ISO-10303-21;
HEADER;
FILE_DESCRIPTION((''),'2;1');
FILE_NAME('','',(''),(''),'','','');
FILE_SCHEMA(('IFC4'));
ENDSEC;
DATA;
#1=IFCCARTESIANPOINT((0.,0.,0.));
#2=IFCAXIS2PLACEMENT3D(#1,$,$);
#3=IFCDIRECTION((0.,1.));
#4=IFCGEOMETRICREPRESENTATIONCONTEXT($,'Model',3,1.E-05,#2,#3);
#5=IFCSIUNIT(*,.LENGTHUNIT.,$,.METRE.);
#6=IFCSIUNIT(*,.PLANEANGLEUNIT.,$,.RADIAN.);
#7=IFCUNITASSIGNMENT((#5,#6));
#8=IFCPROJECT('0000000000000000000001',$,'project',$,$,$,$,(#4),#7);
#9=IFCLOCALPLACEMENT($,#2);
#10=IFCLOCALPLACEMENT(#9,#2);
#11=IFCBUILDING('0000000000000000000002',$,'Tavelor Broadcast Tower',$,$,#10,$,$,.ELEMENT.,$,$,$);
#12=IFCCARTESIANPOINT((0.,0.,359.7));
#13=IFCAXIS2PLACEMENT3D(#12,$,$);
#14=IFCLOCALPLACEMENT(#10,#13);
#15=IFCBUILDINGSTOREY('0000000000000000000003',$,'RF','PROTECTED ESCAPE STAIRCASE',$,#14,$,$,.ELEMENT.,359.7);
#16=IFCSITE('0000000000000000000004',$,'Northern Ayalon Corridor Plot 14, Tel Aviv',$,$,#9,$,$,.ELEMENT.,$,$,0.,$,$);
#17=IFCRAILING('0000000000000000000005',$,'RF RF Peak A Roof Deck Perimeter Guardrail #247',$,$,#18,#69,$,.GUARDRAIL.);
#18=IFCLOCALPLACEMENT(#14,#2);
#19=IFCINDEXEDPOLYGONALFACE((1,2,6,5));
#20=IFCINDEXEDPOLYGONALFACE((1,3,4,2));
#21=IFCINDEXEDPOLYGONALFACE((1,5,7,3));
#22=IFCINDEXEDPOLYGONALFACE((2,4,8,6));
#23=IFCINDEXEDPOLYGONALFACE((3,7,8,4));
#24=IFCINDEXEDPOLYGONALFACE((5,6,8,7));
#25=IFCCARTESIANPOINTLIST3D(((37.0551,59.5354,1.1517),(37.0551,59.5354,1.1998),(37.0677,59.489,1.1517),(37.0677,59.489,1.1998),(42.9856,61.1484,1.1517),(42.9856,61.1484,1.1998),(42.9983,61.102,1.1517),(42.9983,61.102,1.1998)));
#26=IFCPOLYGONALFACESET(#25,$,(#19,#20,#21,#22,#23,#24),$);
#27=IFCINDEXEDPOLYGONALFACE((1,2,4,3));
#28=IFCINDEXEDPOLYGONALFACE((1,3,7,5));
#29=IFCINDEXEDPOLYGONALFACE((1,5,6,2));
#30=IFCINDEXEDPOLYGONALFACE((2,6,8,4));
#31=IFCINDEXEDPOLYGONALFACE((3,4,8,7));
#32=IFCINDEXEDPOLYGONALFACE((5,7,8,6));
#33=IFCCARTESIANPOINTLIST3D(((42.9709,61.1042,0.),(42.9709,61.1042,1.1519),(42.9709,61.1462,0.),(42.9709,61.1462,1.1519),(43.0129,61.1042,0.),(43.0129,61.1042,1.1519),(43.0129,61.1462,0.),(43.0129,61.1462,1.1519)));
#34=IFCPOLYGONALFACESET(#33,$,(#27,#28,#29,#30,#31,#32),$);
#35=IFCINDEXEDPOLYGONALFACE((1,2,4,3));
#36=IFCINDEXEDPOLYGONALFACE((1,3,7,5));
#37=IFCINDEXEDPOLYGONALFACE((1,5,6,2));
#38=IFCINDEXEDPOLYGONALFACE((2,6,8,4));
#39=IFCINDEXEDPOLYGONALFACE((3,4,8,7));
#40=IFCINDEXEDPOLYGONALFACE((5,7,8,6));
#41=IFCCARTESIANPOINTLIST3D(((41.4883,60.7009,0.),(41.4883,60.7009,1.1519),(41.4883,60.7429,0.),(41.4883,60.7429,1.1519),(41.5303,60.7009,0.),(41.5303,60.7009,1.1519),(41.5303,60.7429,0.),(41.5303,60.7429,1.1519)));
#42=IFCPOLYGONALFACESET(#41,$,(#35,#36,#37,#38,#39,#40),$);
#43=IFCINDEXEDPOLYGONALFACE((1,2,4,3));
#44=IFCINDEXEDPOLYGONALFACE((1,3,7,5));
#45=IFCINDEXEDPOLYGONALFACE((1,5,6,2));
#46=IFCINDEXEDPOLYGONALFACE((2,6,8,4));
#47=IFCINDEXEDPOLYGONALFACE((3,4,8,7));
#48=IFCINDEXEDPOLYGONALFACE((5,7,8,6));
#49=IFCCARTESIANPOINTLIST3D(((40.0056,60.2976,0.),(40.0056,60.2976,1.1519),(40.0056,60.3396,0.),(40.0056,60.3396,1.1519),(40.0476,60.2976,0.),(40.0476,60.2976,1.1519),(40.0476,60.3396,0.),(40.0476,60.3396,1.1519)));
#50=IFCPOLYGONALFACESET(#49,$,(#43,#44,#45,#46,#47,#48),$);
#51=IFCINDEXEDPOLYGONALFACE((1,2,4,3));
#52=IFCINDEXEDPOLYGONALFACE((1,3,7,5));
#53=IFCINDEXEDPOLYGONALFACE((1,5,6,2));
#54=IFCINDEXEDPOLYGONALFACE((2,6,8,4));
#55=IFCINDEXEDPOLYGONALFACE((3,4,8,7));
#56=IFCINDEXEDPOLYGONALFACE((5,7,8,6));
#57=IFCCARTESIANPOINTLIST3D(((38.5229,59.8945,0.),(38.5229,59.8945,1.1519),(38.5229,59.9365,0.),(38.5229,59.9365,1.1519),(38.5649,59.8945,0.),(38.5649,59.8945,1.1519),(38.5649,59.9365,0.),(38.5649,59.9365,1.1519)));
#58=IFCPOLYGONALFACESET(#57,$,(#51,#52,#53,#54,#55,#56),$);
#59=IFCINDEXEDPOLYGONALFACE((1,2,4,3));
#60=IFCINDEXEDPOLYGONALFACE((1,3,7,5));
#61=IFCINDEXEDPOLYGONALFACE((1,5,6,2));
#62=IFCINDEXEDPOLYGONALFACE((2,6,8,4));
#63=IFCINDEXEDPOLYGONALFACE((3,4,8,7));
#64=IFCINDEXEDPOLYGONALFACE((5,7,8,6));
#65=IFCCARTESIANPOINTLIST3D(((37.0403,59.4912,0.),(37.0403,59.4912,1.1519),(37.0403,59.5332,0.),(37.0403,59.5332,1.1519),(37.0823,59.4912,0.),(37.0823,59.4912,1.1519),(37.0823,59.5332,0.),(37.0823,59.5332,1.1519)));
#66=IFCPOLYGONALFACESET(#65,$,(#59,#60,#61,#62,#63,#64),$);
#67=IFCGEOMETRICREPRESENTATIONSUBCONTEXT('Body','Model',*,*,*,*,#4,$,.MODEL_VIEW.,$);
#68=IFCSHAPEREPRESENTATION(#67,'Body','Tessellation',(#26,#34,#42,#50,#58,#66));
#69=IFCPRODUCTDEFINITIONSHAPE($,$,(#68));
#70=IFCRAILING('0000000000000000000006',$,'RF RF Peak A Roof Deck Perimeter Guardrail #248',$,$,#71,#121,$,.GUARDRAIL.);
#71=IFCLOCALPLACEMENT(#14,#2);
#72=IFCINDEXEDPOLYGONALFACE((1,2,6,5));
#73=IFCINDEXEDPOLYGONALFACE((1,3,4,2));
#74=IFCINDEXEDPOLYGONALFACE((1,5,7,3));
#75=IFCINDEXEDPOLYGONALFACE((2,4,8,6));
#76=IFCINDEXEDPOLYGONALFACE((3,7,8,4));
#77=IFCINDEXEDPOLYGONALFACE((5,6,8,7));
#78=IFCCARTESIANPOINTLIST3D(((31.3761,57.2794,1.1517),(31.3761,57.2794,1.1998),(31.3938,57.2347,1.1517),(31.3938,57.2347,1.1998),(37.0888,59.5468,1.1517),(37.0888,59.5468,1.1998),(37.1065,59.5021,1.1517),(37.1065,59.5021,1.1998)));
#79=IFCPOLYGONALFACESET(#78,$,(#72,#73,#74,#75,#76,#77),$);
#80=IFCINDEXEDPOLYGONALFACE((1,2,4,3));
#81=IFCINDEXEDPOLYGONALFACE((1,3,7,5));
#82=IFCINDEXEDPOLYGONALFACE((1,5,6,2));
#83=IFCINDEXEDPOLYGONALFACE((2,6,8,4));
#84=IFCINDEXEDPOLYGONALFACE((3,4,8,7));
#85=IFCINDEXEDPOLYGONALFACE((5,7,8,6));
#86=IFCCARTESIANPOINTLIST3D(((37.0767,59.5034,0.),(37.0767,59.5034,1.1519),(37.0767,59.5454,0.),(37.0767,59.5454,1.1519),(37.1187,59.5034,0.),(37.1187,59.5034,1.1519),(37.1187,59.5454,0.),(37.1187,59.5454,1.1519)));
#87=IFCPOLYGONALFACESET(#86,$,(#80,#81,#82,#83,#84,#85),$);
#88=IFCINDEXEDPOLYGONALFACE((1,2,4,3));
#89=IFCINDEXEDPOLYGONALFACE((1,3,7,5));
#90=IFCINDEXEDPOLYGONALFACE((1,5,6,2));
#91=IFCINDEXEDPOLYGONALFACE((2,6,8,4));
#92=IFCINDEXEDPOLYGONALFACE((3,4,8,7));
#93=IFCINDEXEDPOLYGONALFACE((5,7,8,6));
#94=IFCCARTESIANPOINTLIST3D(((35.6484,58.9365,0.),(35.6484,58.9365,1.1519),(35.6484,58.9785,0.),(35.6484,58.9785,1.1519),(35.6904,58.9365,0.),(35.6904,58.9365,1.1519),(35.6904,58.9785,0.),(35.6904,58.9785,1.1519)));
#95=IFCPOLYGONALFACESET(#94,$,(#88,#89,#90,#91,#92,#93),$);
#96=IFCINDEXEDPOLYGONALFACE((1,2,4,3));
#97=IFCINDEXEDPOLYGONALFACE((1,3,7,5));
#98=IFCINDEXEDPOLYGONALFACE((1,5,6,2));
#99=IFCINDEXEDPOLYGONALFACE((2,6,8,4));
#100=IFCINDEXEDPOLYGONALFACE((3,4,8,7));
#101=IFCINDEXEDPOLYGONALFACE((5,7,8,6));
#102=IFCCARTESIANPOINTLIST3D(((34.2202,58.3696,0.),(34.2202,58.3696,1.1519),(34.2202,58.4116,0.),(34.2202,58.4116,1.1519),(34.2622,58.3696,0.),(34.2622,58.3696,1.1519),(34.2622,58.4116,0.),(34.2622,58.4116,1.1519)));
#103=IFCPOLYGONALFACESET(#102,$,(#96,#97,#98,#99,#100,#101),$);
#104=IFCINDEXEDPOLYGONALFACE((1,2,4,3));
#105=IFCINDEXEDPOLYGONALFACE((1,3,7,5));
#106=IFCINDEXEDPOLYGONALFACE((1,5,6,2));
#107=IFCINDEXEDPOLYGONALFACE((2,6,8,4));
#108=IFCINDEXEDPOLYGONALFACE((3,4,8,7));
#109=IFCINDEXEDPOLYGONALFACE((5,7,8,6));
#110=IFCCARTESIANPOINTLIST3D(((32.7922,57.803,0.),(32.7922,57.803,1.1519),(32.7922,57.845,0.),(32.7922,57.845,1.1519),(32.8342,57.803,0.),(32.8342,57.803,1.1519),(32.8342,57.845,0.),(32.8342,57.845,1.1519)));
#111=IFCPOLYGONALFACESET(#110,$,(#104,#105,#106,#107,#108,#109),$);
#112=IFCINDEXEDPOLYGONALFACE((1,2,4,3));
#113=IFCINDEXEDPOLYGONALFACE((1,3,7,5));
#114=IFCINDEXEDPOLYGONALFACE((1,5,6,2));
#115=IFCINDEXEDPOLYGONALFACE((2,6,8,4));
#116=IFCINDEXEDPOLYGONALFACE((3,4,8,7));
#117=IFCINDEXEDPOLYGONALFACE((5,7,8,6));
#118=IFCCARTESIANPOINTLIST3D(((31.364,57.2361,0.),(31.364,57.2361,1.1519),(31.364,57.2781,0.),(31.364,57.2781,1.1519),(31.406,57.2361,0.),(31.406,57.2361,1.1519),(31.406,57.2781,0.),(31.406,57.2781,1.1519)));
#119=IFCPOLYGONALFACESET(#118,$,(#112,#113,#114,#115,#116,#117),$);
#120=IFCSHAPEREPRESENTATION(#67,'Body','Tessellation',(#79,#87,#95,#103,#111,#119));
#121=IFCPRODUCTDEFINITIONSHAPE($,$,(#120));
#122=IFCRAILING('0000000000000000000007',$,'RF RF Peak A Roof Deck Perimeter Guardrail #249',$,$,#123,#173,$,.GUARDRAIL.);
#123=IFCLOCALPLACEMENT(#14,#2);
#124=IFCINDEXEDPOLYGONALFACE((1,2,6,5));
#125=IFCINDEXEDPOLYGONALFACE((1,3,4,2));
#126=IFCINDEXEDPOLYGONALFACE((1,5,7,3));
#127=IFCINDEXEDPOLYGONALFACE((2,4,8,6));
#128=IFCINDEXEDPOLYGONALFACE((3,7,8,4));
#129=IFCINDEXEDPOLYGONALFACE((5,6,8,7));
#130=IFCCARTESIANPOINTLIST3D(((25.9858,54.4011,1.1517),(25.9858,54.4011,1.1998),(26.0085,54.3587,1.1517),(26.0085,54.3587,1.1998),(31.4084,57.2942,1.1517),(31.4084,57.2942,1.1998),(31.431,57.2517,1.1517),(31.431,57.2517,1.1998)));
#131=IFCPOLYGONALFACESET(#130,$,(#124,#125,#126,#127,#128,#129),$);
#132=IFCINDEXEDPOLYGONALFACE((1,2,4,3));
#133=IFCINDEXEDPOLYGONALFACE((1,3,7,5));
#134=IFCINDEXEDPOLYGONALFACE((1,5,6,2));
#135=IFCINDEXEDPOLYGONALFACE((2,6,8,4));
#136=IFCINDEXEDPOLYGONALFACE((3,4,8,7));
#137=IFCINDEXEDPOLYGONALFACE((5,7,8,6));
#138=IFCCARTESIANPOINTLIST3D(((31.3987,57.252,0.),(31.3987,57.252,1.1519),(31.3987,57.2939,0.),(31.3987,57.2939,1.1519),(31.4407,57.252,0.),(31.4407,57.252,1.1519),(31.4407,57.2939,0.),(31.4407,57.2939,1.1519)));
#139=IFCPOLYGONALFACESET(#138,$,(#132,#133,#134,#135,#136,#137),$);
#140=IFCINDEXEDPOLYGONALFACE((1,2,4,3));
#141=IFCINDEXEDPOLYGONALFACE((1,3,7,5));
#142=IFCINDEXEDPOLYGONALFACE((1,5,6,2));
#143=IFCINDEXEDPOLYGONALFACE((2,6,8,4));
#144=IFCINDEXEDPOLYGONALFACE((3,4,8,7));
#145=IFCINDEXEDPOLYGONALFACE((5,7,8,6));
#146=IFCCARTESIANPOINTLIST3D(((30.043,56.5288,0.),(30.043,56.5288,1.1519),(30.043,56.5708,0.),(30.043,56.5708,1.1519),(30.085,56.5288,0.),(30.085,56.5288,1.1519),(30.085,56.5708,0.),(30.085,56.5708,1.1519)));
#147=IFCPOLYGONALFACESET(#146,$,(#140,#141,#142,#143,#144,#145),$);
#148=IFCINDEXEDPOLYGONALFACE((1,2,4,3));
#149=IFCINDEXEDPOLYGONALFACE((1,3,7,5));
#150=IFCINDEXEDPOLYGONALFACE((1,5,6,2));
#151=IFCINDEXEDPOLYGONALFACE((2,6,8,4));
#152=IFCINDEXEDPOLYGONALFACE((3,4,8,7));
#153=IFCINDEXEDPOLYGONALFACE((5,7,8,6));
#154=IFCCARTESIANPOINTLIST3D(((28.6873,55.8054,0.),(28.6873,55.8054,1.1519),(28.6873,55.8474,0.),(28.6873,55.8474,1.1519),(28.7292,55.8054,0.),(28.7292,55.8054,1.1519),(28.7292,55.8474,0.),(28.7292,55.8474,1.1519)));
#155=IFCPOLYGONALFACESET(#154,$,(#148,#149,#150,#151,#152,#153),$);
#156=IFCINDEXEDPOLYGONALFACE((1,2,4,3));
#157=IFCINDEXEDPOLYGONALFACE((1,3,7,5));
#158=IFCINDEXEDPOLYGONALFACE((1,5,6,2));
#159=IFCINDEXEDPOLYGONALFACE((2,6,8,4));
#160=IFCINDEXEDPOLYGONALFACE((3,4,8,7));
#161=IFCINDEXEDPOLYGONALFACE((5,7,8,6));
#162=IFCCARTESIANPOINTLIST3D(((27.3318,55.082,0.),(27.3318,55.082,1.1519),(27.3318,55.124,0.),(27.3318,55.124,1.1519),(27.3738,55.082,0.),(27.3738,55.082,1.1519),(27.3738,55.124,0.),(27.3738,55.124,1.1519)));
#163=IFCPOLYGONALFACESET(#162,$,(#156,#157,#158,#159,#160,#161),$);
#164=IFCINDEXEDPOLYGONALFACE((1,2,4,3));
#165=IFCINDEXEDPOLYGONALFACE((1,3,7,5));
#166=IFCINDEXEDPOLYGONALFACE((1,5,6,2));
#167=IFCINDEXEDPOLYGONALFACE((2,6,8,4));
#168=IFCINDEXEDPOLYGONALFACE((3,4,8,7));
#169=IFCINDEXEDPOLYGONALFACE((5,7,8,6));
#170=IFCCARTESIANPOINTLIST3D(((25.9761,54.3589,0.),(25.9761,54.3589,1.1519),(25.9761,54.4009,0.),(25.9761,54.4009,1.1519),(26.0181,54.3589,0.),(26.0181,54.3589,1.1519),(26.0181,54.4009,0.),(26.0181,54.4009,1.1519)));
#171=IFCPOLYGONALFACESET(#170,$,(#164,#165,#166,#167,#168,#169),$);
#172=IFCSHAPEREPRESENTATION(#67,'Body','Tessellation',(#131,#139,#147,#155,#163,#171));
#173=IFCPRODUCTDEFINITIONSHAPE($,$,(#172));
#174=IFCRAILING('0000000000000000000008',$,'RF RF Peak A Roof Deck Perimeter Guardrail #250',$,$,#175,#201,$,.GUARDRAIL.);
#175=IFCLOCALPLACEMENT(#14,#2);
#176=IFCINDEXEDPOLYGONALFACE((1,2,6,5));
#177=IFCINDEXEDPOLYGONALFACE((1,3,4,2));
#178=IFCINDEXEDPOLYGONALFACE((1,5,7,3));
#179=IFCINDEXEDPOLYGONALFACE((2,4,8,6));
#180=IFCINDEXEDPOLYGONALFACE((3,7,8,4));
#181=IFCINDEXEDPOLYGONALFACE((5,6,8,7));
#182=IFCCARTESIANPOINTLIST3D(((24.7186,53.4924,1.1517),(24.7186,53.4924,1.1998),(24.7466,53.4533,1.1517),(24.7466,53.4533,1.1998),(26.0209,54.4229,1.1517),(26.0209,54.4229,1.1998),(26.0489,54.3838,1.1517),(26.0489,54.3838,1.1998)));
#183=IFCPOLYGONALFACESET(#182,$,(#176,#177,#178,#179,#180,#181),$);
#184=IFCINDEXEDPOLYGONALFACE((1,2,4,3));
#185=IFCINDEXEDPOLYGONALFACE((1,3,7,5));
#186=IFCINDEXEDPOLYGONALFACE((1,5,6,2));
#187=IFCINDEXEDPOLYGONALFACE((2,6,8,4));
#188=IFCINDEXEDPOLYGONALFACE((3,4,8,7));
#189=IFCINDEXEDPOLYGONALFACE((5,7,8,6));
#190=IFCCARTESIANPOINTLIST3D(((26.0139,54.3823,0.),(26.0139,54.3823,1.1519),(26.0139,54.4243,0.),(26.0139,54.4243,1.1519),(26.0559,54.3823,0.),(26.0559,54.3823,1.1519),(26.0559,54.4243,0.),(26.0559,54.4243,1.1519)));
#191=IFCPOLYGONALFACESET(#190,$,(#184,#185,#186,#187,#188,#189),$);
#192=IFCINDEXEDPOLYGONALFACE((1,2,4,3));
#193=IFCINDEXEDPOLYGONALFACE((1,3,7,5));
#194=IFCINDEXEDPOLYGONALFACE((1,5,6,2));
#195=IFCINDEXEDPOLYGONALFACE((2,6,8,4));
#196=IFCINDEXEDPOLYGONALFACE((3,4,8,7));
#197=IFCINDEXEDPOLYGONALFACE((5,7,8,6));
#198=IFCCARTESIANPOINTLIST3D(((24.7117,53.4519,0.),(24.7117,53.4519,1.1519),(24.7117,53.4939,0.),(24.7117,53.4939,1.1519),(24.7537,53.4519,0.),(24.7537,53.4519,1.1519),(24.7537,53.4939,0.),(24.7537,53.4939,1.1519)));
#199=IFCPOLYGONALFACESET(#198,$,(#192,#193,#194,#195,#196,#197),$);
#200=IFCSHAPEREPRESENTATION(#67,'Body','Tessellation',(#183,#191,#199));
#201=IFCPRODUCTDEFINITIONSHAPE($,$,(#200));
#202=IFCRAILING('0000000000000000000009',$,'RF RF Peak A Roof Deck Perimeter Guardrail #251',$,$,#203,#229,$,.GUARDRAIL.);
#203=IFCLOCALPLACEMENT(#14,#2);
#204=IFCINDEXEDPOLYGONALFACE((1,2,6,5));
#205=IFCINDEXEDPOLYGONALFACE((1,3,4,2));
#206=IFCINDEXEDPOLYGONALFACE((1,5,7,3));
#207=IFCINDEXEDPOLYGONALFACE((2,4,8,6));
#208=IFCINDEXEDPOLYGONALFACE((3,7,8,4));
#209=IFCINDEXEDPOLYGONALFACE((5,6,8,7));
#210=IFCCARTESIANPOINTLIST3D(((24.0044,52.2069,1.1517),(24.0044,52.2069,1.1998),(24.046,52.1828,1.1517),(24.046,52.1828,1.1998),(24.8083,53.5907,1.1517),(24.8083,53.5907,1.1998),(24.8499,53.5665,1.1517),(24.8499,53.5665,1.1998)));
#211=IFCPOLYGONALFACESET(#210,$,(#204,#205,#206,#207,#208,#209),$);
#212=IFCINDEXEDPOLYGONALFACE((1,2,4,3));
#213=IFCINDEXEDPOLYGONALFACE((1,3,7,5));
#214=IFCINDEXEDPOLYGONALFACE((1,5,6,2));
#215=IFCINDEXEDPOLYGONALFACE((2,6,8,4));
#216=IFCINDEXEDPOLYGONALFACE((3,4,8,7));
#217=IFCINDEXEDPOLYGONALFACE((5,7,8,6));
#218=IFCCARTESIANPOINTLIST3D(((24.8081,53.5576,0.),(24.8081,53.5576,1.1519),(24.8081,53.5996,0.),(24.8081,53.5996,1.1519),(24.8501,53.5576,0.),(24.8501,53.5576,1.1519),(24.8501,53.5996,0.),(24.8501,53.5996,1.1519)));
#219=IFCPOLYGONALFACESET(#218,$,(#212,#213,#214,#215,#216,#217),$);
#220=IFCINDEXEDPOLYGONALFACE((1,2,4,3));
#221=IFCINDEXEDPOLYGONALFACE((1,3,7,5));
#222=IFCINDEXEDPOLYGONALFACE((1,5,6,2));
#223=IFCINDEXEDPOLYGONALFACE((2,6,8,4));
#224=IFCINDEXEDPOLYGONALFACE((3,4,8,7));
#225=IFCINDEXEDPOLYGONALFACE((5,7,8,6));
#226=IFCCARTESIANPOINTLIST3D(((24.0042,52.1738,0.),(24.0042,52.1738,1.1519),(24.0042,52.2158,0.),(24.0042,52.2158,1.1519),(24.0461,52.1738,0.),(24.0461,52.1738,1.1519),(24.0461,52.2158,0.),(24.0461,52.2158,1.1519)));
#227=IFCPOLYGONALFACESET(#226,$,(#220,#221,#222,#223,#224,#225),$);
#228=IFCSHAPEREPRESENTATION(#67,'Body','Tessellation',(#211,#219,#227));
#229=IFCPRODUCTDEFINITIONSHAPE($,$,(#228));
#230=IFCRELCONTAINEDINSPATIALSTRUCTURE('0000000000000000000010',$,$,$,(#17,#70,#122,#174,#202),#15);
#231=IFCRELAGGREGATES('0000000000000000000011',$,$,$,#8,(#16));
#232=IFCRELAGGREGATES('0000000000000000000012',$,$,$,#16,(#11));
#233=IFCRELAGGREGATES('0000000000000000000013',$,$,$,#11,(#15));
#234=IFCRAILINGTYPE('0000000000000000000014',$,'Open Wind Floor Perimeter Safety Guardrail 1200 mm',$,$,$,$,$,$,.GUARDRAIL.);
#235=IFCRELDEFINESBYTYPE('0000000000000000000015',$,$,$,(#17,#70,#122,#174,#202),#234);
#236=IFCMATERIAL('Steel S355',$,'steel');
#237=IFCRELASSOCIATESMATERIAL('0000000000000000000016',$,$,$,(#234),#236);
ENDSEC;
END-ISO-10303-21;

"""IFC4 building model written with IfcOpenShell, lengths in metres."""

from ifc_helpers import new_model, si_unit, direction, frame, origin, origin_2d, place, context, subcontext, project, spatial, rectangle, extrude, material, type_object, element, save


model = new_model("IFC4")

# Units and contexts
model_context = context("Model", 3, precision=1e-05, world=origin(), true_north=direction((0.0, 1.0)))
body_context = subcontext(model_context, "Body", "Model", "MODEL_VIEW")
ifc_project = project(units=[si_unit("LENGTHUNIT", "METRE"), si_unit("PLANEANGLEUNIT", "RADIAN")], contexts=[model_context])

# Site, building, storey
site_placement = place(None, origin())
site = spatial("IfcSite", under=ifc_project, at=site_placement, Name="Northern Ayalon Corridor Plot 14, Tel Aviv", CompositionType="ELEMENT", RefElevation=0.0)
building_placement = place(site_placement, origin())
building = spatial("IfcBuilding", under=site, at=building_placement, Name="Tavelor Broadcast Tower", CompositionType="ELEMENT")
storey_placement = place(building_placement, frame((0.0, 0.0, 359.7)))
storey = spatial("IfcBuildingStorey", under=building, at=storey_placement, Name="RF", Description="PROTECTED ESCAPE STAIRCASE", CompositionType="ELEMENT", Elevation=359.7)

# Shared definitions
ifc_material_1 = material(Name="Steel S355", Category="steel")

# Railings
railing_type_1 = type_object("IfcRailingType", Name="Open Wind Floor Perimeter Safety Guardrail 1200 mm", PredefinedType="GUARDRAIL", material=ifc_material_1)
railing_1_placement = place(storey_placement, frame((42.9919, 61.1252, 0.0)))
element("IfcRailing", 1, at=railing_1_placement, inside=storey, type_object=railing_type_1, Name="RF RF Peak A Roof Deck Perimeter Guardrail #247", PredefinedType="GUARDRAIL", context=body_context, shape_type="SweptSolid", body=[
    extrude(rectangle(XDim=0.0481, YDim=0.0481, at=origin_2d()), frame((0.0, 0.0, 1.1758), z_axis=(-0.964946, -0.262448, 0.0), x_axis=(0.262448, -0.964946, 0.0)), (0.0, 0.0, 1.0), 6.146),
    extrude(rectangle(XDim=0.042, YDim=0.042, at=origin_2d()), origin(), (0.0, 0.0, 1.0), 1.1519),
    extrude(rectangle(XDim=0.042, YDim=0.042, at=origin_2d()), frame((-1.4827, -0.4033, 0.0)), (0.0, 0.0, 1.0), 1.1519),
    extrude(rectangle(XDim=0.042, YDim=0.042, at=origin_2d()), frame((-2.9653, -0.8066, 0.0)), (0.0, 0.0, 1.0), 1.1519),
    extrude(rectangle(XDim=0.042, YDim=0.042, at=origin_2d()), frame((-4.448, -1.2097, 0.0)), (0.0, 0.0, 1.0), 1.1519),
    extrude(rectangle(XDim=0.042, YDim=0.042, at=origin_2d()), frame((-5.9307, -1.613, 0.0)), (0.0, 0.0, 1.0), 1.1519),
])
railing_2_placement = place(storey_placement, frame((37.0977, 59.5244, 0.0)))
element("IfcRailing", 2, at=railing_2_placement, inside=storey, type_object=railing_type_1, Name="RF RF Peak A Roof Deck Perimeter Guardrail #248", PredefinedType="GUARDRAIL", context=body_context, shape_type="SweptSolid", body=[
    extrude(rectangle(XDim=0.0481, YDim=0.0481, at=origin_2d()), frame((0.0, 0.0, 1.1758), z_axis=(-0.929468, -0.368903, 0.0), x_axis=(0.368903, -0.929468, 0.0)), (0.0, 0.0, 1.0), 6.1462),
    extrude(rectangle(XDim=0.042, YDim=0.042, at=origin_2d()), origin(), (0.0, 0.0, 1.0), 1.1519),
    extrude(rectangle(XDim=0.042, YDim=0.042, at=origin_2d()), frame((-1.4282, -0.5669, 0.0)), (0.0, 0.0, 1.0), 1.1519),
    extrude(rectangle(XDim=0.042, YDim=0.042, at=origin_2d()), frame((-2.8564, -1.1338, 0.0)), (0.0, 0.0, 1.0), 1.1519),
    extrude(rectangle(XDim=0.042, YDim=0.042, at=origin_2d()), frame((-4.2844, -1.7004, 0.0)), (0.0, 0.0, 1.0), 1.1519),
    extrude(rectangle(XDim=0.042, YDim=0.042, at=origin_2d()), frame((-5.7126, -2.2673, 0.0)), (0.0, 0.0, 1.0), 1.1519),
])
railing_3_placement = place(storey_placement, frame((31.4197, 57.2729, 0.0)))
element("IfcRailing", 3, at=railing_3_placement, inside=storey, type_object=railing_type_1, Name="RF RF Peak A Roof Deck Perimeter Guardrail #249", PredefinedType="GUARDRAIL", context=body_context, shape_type="SweptSolid", body=[
    extrude(rectangle(XDim=0.0481, YDim=0.0481, at=origin_2d()), frame((0.0, 0.0, 1.1758), z_axis=(-0.882285, -0.470716, 0.0), x_axis=(0.470716, -0.882285, 0.0)), (0.0, 0.0, 1.0), 6.146),
    extrude(rectangle(XDim=0.042, YDim=0.042, at=origin_2d()), origin(), (0.0, 0.0, 1.0), 1.1519),
    extrude(rectangle(XDim=0.042, YDim=0.042, at=origin_2d()), frame((-1.3557, -0.7231, 0.0)), (0.0, 0.0, 1.0), 1.1519),
    extrude(rectangle(XDim=0.042, YDim=0.042, at=origin_2d()), frame((-2.7114, -1.4465, 0.0)), (0.0, 0.0, 1.0), 1.1519),
    extrude(rectangle(XDim=0.042, YDim=0.042, at=origin_2d()), frame((-4.0669, -2.1699, 0.0)), (0.0, 0.0, 1.0), 1.1519),
    extrude(rectangle(XDim=0.042, YDim=0.042, at=origin_2d()), frame((-5.4226, -2.8931, 0.0)), (0.0, 0.0, 1.0), 1.1519),
])
railing_4_placement = place(storey_placement, frame((26.0349, 54.4033, 0.0)))
element("IfcRailing", 4, at=railing_4_placement, inside=storey, type_object=railing_type_1, Name="RF RF Peak A Roof Deck Perimeter Guardrail #250", PredefinedType="GUARDRAIL", context=body_context, shape_type="SweptSolid", body=[
    extrude(rectangle(XDim=0.0481, YDim=0.0481, at=origin_2d()), frame((0.0, 0.0, 1.1758), z_axis=(-0.813661, -0.581339, 0.0), x_axis=(0.581339, -0.813661, 0.0)), (0.0, 0.0, 1.0), 1.6006),
    extrude(rectangle(XDim=0.042, YDim=0.042, at=origin_2d()), origin(), (0.0, 0.0, 1.0), 1.1519),
    extrude(rectangle(XDim=0.042, YDim=0.042, at=origin_2d()), frame((-1.3022, -0.9304, 0.0)), (0.0, 0.0, 1.0), 1.1519),
])
railing_5_placement = place(storey_placement, frame((24.8291, 53.5786, 0.0)))
element("IfcRailing", 5, at=railing_5_placement, inside=storey, type_object=railing_type_1, Name="RF RF Peak A Roof Deck Perimeter Guardrail #251", PredefinedType="GUARDRAIL", context=body_context, shape_type="SweptSolid", body=[
    extrude(rectangle(XDim=0.0481, YDim=0.0481, at=origin_2d()), frame((0.0, 0.0, 1.1758), z_axis=(-0.502353, -0.864663, 0.0), x_axis=(0.864663, -0.502353, 0.0)), (0.0, 0.0, 1.0), 1.6003),
    extrude(rectangle(XDim=0.042, YDim=0.042, at=origin_2d()), origin(), (0.0, 0.0, 1.0), 1.1519),
    extrude(rectangle(XDim=0.042, YDim=0.042, at=origin_2d()), frame((-0.804, -1.3838, 0.0)), (0.0, 0.0, 1.0), 1.1519),
])

save(model, "model.ifc")
